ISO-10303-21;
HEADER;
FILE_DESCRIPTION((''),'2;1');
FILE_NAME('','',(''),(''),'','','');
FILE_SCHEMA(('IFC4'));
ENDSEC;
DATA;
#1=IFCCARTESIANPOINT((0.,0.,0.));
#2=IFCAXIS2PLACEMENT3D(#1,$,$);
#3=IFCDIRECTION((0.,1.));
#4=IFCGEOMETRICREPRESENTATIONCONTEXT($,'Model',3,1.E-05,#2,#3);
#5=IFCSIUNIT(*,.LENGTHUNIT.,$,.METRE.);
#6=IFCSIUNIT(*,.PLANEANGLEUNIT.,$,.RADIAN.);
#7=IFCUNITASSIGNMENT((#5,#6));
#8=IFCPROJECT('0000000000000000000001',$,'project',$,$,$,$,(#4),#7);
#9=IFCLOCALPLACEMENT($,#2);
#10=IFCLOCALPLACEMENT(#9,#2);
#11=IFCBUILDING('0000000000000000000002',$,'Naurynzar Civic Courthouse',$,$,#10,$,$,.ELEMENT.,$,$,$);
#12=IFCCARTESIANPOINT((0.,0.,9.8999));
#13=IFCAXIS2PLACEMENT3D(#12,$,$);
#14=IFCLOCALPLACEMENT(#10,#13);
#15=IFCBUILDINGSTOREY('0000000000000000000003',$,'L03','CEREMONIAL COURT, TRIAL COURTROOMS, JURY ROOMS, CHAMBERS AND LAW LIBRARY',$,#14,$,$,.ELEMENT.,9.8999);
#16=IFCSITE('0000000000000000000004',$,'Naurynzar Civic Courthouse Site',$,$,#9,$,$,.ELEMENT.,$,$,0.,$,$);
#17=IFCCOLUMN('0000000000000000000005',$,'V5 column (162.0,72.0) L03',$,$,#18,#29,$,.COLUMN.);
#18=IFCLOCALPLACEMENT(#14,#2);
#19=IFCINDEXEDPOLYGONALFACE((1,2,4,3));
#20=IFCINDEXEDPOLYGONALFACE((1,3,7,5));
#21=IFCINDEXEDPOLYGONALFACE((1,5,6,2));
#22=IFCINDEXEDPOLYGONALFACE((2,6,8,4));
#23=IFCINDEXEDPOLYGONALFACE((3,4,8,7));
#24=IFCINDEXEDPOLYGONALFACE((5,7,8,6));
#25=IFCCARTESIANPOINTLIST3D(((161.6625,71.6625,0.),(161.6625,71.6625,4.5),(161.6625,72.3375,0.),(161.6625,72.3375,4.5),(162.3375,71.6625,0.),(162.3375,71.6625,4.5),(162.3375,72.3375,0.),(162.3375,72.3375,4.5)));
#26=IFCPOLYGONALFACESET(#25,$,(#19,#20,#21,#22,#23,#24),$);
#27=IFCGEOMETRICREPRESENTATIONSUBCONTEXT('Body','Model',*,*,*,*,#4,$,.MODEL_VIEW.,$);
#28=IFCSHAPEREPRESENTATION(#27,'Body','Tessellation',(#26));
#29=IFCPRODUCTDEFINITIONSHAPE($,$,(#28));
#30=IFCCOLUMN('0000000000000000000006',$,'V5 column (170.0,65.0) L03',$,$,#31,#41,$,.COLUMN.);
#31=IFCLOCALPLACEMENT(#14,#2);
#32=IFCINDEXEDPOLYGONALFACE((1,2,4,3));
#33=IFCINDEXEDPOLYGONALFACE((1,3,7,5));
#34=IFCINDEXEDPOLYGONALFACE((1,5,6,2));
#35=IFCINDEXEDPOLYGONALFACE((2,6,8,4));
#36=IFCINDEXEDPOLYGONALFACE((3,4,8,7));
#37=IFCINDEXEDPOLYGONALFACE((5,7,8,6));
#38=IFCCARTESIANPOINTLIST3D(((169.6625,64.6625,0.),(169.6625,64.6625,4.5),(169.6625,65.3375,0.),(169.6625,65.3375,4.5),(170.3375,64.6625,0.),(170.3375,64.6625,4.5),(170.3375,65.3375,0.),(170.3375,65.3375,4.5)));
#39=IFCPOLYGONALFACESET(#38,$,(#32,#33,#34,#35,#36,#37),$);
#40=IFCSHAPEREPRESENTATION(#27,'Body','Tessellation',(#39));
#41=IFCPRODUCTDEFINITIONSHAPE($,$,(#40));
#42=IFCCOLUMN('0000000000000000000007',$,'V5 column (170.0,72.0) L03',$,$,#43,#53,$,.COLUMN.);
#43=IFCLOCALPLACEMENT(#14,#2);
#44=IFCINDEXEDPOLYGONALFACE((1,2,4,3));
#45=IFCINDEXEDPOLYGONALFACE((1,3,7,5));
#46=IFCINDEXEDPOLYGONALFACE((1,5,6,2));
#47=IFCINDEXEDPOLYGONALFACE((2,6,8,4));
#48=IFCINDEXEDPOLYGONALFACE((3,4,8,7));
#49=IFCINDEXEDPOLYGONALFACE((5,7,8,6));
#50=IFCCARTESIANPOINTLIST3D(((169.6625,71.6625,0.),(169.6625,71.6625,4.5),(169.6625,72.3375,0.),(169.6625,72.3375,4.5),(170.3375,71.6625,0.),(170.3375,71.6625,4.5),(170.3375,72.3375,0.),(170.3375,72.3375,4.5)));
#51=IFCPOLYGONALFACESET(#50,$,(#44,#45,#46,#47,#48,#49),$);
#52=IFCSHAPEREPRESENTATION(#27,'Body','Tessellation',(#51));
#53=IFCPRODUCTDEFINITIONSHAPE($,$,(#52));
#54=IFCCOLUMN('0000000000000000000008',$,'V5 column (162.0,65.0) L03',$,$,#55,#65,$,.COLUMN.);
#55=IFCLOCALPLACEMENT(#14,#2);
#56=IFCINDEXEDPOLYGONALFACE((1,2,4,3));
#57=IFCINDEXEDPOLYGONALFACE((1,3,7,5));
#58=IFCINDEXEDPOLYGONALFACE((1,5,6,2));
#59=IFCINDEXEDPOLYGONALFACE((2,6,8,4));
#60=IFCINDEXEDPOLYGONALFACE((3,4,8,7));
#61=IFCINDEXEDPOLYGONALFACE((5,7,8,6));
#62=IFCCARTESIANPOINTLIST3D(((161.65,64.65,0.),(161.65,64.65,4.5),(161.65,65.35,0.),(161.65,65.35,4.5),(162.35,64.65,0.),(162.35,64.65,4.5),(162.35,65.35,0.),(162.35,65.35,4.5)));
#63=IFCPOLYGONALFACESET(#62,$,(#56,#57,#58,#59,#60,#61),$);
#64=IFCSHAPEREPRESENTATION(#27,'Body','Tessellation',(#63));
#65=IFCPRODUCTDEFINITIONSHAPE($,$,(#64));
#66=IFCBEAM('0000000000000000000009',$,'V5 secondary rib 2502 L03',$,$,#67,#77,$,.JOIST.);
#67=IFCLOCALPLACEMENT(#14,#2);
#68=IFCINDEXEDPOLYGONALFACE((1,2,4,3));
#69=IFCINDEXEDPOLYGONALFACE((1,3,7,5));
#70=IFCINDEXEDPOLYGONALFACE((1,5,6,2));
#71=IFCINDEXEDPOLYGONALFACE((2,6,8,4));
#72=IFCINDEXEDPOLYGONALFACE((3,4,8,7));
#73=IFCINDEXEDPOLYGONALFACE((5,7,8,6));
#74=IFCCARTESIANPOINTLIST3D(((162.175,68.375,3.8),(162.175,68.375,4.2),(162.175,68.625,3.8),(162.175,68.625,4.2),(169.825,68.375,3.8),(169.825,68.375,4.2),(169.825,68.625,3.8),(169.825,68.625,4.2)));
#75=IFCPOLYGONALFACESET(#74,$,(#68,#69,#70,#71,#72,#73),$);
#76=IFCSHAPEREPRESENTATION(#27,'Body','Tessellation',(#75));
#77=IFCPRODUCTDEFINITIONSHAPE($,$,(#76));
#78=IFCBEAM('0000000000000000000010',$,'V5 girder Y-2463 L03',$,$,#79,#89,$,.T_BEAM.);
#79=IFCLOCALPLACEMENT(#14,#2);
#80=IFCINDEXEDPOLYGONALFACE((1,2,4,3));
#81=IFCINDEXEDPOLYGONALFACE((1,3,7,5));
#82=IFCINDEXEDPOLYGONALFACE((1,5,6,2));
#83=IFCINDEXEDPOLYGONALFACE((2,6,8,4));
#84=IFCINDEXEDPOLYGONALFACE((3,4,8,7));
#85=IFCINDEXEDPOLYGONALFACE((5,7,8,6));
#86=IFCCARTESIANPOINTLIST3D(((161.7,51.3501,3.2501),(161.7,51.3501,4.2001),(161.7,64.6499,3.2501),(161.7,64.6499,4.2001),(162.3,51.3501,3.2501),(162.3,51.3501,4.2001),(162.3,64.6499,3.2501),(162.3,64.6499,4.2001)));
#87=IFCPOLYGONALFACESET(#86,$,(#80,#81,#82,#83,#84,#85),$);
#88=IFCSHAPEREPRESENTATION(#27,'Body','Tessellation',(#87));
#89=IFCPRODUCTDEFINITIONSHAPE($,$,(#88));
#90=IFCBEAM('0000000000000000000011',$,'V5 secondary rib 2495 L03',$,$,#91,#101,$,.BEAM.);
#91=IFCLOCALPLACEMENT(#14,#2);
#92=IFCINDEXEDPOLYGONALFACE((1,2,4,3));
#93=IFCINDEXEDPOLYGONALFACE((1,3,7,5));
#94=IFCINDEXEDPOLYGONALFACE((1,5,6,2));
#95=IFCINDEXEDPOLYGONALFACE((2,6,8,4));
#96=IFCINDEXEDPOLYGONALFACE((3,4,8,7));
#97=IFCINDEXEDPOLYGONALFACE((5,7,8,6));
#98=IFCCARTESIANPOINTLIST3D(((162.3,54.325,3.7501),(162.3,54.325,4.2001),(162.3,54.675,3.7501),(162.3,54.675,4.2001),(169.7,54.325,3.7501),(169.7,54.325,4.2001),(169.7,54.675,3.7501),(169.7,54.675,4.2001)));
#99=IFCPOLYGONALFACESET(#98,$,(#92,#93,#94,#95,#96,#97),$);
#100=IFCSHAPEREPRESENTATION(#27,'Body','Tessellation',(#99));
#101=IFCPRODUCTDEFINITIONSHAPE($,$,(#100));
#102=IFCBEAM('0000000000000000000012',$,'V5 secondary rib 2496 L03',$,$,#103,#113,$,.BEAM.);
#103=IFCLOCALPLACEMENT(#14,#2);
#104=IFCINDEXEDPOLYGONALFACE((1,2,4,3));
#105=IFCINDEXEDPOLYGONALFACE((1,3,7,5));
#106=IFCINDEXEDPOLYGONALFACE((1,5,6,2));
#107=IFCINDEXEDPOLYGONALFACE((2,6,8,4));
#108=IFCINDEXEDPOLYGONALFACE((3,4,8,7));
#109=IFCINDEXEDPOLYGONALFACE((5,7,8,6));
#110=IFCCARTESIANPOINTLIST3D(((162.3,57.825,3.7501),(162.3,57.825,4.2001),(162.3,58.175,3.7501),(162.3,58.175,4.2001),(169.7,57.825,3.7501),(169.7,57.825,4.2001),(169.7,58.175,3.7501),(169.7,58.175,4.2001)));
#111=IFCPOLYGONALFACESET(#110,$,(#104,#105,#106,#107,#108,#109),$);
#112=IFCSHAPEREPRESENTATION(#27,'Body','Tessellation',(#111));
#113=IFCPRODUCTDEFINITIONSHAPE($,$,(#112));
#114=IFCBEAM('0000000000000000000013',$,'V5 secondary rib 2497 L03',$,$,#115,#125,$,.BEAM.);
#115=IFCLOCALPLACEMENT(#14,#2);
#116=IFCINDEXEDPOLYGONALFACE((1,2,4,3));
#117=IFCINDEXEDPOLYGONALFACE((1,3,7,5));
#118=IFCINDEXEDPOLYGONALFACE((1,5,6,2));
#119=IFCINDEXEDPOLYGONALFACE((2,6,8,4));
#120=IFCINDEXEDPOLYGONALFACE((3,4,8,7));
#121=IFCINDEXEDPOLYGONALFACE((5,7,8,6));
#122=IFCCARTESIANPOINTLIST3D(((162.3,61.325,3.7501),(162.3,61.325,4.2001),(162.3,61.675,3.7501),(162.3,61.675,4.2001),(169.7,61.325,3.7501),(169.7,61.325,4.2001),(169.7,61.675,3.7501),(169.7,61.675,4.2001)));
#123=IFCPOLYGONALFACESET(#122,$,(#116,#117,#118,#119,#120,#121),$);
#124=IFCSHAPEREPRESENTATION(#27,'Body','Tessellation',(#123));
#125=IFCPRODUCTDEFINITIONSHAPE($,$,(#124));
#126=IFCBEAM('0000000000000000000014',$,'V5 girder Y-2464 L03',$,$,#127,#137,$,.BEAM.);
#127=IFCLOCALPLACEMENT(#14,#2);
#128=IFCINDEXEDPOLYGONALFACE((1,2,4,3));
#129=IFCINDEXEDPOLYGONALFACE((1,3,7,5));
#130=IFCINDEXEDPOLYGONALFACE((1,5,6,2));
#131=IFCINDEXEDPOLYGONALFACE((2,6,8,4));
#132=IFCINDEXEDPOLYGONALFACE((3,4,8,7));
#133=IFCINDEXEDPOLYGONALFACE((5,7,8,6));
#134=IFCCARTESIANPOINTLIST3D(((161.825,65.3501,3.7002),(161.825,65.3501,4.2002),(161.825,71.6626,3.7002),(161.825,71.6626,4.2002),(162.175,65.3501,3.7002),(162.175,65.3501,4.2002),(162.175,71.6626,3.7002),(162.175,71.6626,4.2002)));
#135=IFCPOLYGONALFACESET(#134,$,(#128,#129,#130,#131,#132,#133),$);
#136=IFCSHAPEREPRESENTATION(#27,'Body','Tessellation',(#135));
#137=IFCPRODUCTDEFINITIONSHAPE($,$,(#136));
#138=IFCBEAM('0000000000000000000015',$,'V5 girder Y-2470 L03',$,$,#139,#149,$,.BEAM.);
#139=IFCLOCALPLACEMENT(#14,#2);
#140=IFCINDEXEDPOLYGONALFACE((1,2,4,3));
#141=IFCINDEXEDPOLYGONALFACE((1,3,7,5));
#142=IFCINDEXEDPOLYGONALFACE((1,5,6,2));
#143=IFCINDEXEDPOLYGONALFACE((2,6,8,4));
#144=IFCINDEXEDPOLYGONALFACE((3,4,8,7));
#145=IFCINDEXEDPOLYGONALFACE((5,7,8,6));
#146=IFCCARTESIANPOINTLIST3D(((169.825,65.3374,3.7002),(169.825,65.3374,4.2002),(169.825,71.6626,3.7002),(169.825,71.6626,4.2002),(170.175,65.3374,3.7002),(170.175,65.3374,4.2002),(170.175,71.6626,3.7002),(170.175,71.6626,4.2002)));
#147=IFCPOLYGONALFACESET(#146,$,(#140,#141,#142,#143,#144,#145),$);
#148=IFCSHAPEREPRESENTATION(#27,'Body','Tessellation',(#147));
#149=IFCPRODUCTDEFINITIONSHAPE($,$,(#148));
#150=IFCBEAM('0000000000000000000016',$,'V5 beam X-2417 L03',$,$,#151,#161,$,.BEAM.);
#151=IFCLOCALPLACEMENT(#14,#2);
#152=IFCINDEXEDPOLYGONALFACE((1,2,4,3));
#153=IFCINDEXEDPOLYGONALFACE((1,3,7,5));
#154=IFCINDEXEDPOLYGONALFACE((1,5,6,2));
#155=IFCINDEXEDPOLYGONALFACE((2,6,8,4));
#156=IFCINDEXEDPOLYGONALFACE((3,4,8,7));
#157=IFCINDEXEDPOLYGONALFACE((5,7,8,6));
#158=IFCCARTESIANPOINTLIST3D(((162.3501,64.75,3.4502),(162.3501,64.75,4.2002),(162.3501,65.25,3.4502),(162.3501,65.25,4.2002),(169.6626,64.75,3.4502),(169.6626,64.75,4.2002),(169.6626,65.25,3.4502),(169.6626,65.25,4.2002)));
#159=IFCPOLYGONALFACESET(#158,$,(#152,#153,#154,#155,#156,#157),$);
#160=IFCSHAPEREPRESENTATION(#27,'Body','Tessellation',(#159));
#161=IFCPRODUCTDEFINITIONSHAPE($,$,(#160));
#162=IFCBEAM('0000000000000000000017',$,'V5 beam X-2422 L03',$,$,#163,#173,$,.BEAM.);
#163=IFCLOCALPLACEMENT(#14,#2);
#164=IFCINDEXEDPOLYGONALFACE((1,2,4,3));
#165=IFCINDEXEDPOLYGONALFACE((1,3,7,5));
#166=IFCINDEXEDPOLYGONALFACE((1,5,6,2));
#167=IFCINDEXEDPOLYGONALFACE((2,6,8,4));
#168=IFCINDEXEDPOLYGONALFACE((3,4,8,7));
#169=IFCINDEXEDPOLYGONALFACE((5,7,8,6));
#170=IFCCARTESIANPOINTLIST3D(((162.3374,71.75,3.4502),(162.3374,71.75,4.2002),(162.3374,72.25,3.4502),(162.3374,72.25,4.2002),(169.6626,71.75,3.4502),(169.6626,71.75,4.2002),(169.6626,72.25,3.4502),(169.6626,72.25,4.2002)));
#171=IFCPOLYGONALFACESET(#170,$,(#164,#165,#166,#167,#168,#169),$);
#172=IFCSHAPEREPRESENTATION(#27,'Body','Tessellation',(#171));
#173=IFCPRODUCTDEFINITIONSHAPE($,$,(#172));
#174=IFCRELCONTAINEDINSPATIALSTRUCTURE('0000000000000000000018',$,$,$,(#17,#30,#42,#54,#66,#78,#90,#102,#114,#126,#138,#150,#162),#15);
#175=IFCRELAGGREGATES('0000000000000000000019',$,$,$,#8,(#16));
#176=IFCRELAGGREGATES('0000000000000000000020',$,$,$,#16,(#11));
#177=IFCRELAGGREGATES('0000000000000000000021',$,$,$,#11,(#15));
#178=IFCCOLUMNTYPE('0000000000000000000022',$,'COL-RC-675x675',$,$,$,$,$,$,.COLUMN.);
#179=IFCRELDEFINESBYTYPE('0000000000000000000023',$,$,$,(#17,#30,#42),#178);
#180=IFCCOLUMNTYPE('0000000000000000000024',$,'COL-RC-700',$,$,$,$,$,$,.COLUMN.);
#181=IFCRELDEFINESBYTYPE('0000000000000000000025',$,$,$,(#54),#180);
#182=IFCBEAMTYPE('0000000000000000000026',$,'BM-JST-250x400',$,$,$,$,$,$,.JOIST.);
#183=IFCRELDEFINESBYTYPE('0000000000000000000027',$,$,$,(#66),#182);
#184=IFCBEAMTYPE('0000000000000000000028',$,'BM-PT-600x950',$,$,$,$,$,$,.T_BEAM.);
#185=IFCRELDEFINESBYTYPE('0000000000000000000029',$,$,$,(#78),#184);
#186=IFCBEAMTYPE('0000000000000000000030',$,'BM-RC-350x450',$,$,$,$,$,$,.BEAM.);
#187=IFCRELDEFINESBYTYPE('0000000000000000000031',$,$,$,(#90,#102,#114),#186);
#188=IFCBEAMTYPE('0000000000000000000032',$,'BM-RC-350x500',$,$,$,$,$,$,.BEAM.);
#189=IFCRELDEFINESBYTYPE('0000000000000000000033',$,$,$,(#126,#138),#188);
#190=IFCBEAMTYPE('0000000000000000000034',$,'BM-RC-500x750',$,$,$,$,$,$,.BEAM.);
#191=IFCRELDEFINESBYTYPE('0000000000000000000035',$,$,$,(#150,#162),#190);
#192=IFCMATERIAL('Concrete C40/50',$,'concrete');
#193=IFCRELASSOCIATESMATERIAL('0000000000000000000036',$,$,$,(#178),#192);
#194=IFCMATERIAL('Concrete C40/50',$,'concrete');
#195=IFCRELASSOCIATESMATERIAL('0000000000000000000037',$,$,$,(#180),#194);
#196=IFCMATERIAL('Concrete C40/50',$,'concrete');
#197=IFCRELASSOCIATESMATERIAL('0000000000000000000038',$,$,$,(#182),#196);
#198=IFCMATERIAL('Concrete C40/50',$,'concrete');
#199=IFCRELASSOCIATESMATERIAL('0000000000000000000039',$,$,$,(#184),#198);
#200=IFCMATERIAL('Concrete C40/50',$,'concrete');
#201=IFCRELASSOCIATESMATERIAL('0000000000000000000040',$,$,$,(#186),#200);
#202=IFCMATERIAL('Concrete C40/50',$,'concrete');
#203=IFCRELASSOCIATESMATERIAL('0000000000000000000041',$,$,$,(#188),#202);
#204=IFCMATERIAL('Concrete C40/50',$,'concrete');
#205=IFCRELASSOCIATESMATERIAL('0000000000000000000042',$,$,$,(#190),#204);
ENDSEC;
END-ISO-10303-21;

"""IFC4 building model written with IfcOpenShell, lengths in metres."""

from ifc_helpers import new_model, si_unit, direction, frame, origin, origin_2d, place, context, subcontext, project, spatial, rectangle, extrude, material, material_profile, profile_set, type_object, element, save


model = new_model("IFC4")

# Units and contexts
model_context = context("Model", 3, precision=1e-05, world=origin(), true_north=direction((0.0, 1.0)))
body_context = subcontext(model_context, "Body", "Model", "MODEL_VIEW")
ifc_project = project(units=[si_unit("LENGTHUNIT", "METRE"), si_unit("PLANEANGLEUNIT", "RADIAN")], contexts=[model_context])

# Site, building, storey
site_placement = place(None, origin())
site = spatial("IfcSite", under=ifc_project, at=site_placement, Name="Naurynzar Civic Courthouse Site", CompositionType="ELEMENT", RefElevation=0.0)
building_placement = place(site_placement, origin())
building = spatial("IfcBuilding", under=site, at=building_placement, Name="Naurynzar Civic Courthouse", CompositionType="ELEMENT")
storey_placement = place(building_placement, frame((0.0, 0.0, 9.8999)))
storey = spatial("IfcBuildingStorey", under=building, at=storey_placement, Name="L03", Description="CEREMONIAL COURT, TRIAL COURTROOMS, JURY ROOMS, CHAMBERS AND LAW LIBRARY", CompositionType="ELEMENT", Elevation=9.8999)

# Columns
ifc_material_1 = material(Name="Concrete C40/50", Category="concrete")
ifc_material_profile_1 = material_profile(ifc_material_1, rectangle(XDim=0.675, YDim=0.675, at=origin_2d()), Name="RC 675x675")
ifc_profile_set_1 = profile_set([ifc_material_profile_1], Name="Concrete C40/50")
column_type_1 = type_object("IfcColumnType", Name="COL-RC-675x675", PredefinedType="COLUMN", material=ifc_profile_set_1)
for number, where, z_axis, x_axis, name in (
    (1, (162.0, 72.0, 0.0), (0.0, 0.0, 1.0), (1.0, 0.0, 0.0), "V5 column (162.0,72.0) L03"),
    (2, (170.0, 65.0, 0.0), (0.0, 0.0, 1.0), (1.0, 0.0, 0.0), "V5 column (170.0,65.0) L03"),
    (3, (170.0, 72.0, 0.0), (0.0, 0.0, 1.0), (1.0, 0.0, 0.0), "V5 column (170.0,72.0) L03"),
):
    element("IfcColumn", number, at=place(storey_placement, frame(where, z_axis=z_axis, x_axis=x_axis)), inside=storey, type_object=column_type_1, Name=name, PredefinedType="COLUMN", context=body_context, shape_type="SweptSolid", body=[
        extrude(rectangle(XDim=0.675, YDim=0.675, at=origin_2d()), origin(), (0.0, 0.0, 1.0), 4.5),
    ])
ifc_material_2 = material(Name="Concrete C40/50", Category="concrete")
ifc_material_profile_2 = material_profile(ifc_material_2, rectangle(XDim=0.7, YDim=0.7, at=origin_2d()), Name="RC 700x700")
ifc_profile_set_2 = profile_set([ifc_material_profile_2], Name="Concrete C40/50")
column_type_2 = type_object("IfcColumnType", Name="COL-RC-700", PredefinedType="COLUMN", material=ifc_profile_set_2)
column_placement = place(storey_placement, frame((162.0, 65.0, 0.0), z_axis=(0.0, 0.0, 1.0), x_axis=(1.0, 0.0, 0.0)))
element("IfcColumn", 4, at=column_placement, inside=storey, type_object=column_type_2, Name="V5 column (162.0,65.0) L03", PredefinedType="COLUMN", context=body_context, shape_type="SweptSolid", body=[
    extrude(rectangle(XDim=0.7, YDim=0.7, at=origin_2d()), origin(), (0.0, 0.0, 1.0), 4.5),
])

# Beams
ifc_material_3 = material(Name="Concrete C40/50", Category="concrete")
ifc_material_profile_3 = material_profile(ifc_material_3, rectangle(XDim=0.25, YDim=0.3999, at=origin_2d()), Name="RCB 250x400")
ifc_profile_set_3 = profile_set([ifc_material_profile_3], Name="Concrete C40/50")
beam_type_1 = type_object("IfcBeamType", Name="BM-JST-250x400", PredefinedType="JOIST", material=ifc_profile_set_3)
beam_1_placement = place(storey_placement, frame((162.175, 68.5, 4.0), z_axis=(1.0, 0.0, 0.0), x_axis=(0.0, 1.0, 0.0)))
element("IfcBeam", 5, at=beam_1_placement, inside=storey, type_object=beam_type_1, Name="V5 secondary rib 2502 L03", PredefinedType="JOIST", context=body_context, shape_type="SweptSolid", body=[
    extrude(rectangle(XDim=0.25, YDim=0.3999, at=origin_2d()), origin(), (0.0, 0.0, 1.0), 7.6499),
])
ifc_material_4 = material(Name="Concrete C40/50", Category="concrete")
ifc_material_profile_4 = material_profile(ifc_material_4, rectangle(XDim=0.6001, YDim=0.95, at=origin_2d()), Name="PTB 600x950")
ifc_profile_set_4 = profile_set([ifc_material_profile_4], Name="Concrete C40/50")
beam_type_2 = type_object("IfcBeamType", Name="BM-PT-600x950", PredefinedType="T_BEAM", material=ifc_profile_set_4)
beam_2_placement = place(storey_placement, frame((162.0, 51.3501, 3.7251), z_axis=(0.0, 1.0, 0.0), x_axis=(-1.0, 0.0, 0.0)))
element("IfcBeam", 6, at=beam_2_placement, inside=storey, type_object=beam_type_2, Name="V5 girder Y-2463 L03", PredefinedType="T_BEAM", context=body_context, shape_type="SweptSolid", body=[
    extrude(rectangle(XDim=0.6001, YDim=0.95, at=origin_2d()), origin(), (0.0, 0.0, 1.0), 13.2998),
])
ifc_material_5 = material(Name="Concrete C40/50", Category="concrete")
ifc_material_profile_5 = material_profile(ifc_material_5, rectangle(XDim=0.3501, YDim=0.45, at=origin_2d()), Name="RCB 350x450")
ifc_profile_set_5 = profile_set([ifc_material_profile_5], Name="Concrete C40/50")
beam_type_3 = type_object("IfcBeamType", Name="BM-RC-350x450", PredefinedType="BEAM", material=ifc_profile_set_5)
for number, where, z_axis, x_axis, name in (
    (7, (162.3, 54.5, 3.9751), (1.0, 0.0, 0.0), (0.0, 1.0, 0.0), "V5 secondary rib 2495 L03"),
    (8, (162.3, 58.0, 3.9751), (1.0, 0.0, 0.0), (0.0, 1.0, 0.0), "V5 secondary rib 2496 L03"),
    (9, (162.3, 61.5, 3.9751), (1.0, 0.0, 0.0), (0.0, 1.0, 0.0), "V5 secondary rib 2497 L03"),
):
    element("IfcBeam", number, at=place(storey_placement, frame(where, z_axis=z_axis, x_axis=x_axis)), inside=storey, type_object=beam_type_3, Name=name, PredefinedType="BEAM", context=body_context, shape_type="SweptSolid", body=[
        extrude(rectangle(XDim=0.3501, YDim=0.45, at=origin_2d()), origin(), (0.0, 0.0, 1.0), 7.3999),
    ])
ifc_material_6 = material(Name="Concrete C40/50", Category="concrete")
ifc_material_profile_6 = material_profile(ifc_material_6, rectangle(XDim=0.3501, YDim=0.5, at=origin_2d()), Name="RCB 350x500")
ifc_profile_set_6 = profile_set([ifc_material_profile_6], Name="Concrete C40/50")
beam_type_4 = type_object("IfcBeamType", Name="BM-RC-350x500", PredefinedType="BEAM", material=ifc_profile_set_6)
beam_3_placement = place(storey_placement, frame((162.0, 65.3501, 3.9502), z_axis=(0.0, 1.0, 0.0), x_axis=(-1.0, 0.0, 0.0)))
element("IfcBeam", 10, at=beam_3_placement, inside=storey, type_object=beam_type_4, Name="V5 girder Y-2464 L03", PredefinedType="BEAM", context=body_context, shape_type="SweptSolid", body=[
    extrude(rectangle(XDim=0.3501, YDim=0.5, at=origin_2d()), origin(), (0.0, 0.0, 1.0), 6.3125),
])
beam_4_placement = place(storey_placement, frame((170.0, 65.3374, 3.9502), z_axis=(0.0, 1.0, 0.0), x_axis=(-1.0, 0.0, 0.0)))
element("IfcBeam", 11, at=beam_4_placement, inside=storey, type_object=beam_type_4, Name="V5 girder Y-2470 L03", PredefinedType="BEAM", context=body_context, shape_type="SweptSolid", body=[
    extrude(rectangle(XDim=0.3501, YDim=0.5, at=origin_2d()), origin(), (0.0, 0.0, 1.0), 6.3252),
])
ifc_material_7 = material(Name="Concrete C40/50", Category="concrete")
ifc_material_profile_7 = material_profile(ifc_material_7, rectangle(XDim=0.5, YDim=0.75, at=origin_2d()), Name="RCB 500x750")
ifc_profile_set_7 = profile_set([ifc_material_profile_7], Name="Concrete C40/50")
beam_type_5 = type_object("IfcBeamType", Name="BM-RC-500x750", PredefinedType="BEAM", material=ifc_profile_set_7)
beam_5_placement = place(storey_placement, frame((162.3501, 65.0, 3.8252), z_axis=(1.0, 0.0, 0.0), x_axis=(0.0, 1.0, 0.0)))
element("IfcBeam", 12, at=beam_5_placement, inside=storey, type_object=beam_type_5, Name="V5 beam X-2417 L03", PredefinedType="BEAM", context=body_context, shape_type="SweptSolid", body=[
    extrude(rectangle(XDim=0.5, YDim=0.75, at=origin_2d()), origin(), (0.0, 0.0, 1.0), 7.3125),
])
beam_6_placement = place(storey_placement, frame((162.3374, 72.0, 3.8252), z_axis=(1.0, 0.0, 0.0), x_axis=(0.0, 1.0, 0.0)))
element("IfcBeam", 13, at=beam_6_placement, inside=storey, type_object=beam_type_5, Name="V5 beam X-2422 L03", PredefinedType="BEAM", context=body_context, shape_type="SweptSolid", body=[
    extrude(rectangle(XDim=0.5, YDim=0.75, at=origin_2d()), origin(), (0.0, 0.0, 1.0), 7.3252),
])

save(model, "model.ifc")
